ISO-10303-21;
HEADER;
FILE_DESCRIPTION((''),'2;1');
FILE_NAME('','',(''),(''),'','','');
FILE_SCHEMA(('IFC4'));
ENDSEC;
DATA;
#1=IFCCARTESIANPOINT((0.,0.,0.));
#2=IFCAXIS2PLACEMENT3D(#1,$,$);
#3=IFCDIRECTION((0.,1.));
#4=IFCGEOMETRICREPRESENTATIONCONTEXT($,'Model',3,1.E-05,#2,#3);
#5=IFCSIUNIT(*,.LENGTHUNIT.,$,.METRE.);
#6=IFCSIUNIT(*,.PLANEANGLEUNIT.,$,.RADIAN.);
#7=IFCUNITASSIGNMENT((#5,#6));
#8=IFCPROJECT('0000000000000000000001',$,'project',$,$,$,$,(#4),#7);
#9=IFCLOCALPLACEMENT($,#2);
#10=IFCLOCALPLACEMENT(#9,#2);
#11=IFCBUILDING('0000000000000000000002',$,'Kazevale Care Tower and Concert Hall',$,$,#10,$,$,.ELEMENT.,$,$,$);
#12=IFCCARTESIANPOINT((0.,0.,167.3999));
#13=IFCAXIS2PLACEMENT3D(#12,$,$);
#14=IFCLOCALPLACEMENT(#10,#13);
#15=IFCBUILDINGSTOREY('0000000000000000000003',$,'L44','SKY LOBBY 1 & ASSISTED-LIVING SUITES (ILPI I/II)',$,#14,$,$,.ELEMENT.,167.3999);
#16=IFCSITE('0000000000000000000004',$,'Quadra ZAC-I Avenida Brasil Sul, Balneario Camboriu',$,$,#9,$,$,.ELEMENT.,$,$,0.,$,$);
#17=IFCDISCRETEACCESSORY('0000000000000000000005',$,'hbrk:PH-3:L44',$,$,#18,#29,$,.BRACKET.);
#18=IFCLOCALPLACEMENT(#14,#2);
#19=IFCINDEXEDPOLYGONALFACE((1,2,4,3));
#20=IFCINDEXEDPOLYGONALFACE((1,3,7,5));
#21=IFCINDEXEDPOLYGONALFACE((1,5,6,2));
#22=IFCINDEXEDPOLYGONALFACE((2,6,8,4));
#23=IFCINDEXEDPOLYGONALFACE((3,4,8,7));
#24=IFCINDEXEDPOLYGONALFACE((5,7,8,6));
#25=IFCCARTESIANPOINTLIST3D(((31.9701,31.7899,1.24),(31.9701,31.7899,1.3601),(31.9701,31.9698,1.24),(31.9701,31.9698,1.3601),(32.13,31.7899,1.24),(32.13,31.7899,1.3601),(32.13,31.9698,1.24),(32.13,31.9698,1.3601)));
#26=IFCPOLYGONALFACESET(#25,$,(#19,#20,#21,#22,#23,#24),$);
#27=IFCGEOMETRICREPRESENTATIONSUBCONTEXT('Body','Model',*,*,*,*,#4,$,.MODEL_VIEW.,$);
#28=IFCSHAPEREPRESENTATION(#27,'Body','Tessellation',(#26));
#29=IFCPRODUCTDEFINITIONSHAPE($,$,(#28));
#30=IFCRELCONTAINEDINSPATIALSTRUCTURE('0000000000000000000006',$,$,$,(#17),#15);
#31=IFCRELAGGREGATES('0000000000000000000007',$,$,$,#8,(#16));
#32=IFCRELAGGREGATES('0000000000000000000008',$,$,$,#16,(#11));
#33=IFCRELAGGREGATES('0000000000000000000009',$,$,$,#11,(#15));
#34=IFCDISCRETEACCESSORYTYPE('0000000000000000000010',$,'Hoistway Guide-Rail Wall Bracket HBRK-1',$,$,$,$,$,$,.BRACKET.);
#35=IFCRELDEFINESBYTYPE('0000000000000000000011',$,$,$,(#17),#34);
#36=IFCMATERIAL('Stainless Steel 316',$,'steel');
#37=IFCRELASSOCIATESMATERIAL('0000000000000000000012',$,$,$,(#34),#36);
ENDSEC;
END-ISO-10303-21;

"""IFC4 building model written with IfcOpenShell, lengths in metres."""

from ifc_helpers import new_model, si_unit, direction, frame, origin, origin_2d, place, context, subcontext, project, spatial, rectangle, extrude, material, type_object, element, save


model = new_model("IFC4")

# Units and contexts
model_context = context("Model", 3, precision=1e-05, world=origin(), true_north=direction((0.0, 1.0)))
body_context = subcontext(model_context, "Body", "Model", "MODEL_VIEW")
ifc_project = project(units=[si_unit("LENGTHUNIT", "METRE"), si_unit("PLANEANGLEUNIT", "RADIAN")], contexts=[model_context])

# Site, building, storey
site_placement = place(None, origin())
site = spatial("IfcSite", under=ifc_project, at=site_placement, Name="Quadra ZAC-I Avenida Brasil Sul, Balneario Camboriu", CompositionType="ELEMENT", RefElevation=0.0)
building_placement = place(site_placement, origin())
building = spatial("IfcBuilding", under=site, at=building_placement, Name="Kazevale Care Tower and Concert Hall", CompositionType="ELEMENT")
storey_placement = place(building_placement, frame((0.0, 0.0, 167.3999)))
storey = spatial("IfcBuildingStorey", under=building, at=storey_placement, Name="L44", Description="SKY LOBBY 1 & ASSISTED-LIVING SUITES (ILPI I/II)", CompositionType="ELEMENT", Elevation=167.3999)

# Shared definitions
ifc_material_1 = material(Name="Stainless Steel 316", Category="steel")

# Discrete accessory
discrete_accessory_type = type_object("IfcDiscreteAccessoryType", Name="Hoistway Guide-Rail Wall Bracket HBRK-1", PredefinedType="BRACKET", material=ifc_material_1)
for number, where, z_axis, x_axis, name in (
    (1, (32.05, 31.8799, 1.24), (0.0, 0.0, 1.0), (1.0, 0.0, 0.0), "hbrk:PH-3:L44"),
):
    element("IfcDiscreteAccessory", number, at=place(storey_placement, frame(where, z_axis=z_axis, x_axis=x_axis)), inside=storey, type_object=discrete_accessory_type, Name=name, PredefinedType="BRACKET", context=body_context, shape_type="SweptSolid", body=[
        extrude(rectangle(XDim=0.1599, YDim=0.1799, at=origin_2d()), origin(), (0.0, 0.0, 1.0), 0.1201),
    ])

save(model, "model.ifc")
